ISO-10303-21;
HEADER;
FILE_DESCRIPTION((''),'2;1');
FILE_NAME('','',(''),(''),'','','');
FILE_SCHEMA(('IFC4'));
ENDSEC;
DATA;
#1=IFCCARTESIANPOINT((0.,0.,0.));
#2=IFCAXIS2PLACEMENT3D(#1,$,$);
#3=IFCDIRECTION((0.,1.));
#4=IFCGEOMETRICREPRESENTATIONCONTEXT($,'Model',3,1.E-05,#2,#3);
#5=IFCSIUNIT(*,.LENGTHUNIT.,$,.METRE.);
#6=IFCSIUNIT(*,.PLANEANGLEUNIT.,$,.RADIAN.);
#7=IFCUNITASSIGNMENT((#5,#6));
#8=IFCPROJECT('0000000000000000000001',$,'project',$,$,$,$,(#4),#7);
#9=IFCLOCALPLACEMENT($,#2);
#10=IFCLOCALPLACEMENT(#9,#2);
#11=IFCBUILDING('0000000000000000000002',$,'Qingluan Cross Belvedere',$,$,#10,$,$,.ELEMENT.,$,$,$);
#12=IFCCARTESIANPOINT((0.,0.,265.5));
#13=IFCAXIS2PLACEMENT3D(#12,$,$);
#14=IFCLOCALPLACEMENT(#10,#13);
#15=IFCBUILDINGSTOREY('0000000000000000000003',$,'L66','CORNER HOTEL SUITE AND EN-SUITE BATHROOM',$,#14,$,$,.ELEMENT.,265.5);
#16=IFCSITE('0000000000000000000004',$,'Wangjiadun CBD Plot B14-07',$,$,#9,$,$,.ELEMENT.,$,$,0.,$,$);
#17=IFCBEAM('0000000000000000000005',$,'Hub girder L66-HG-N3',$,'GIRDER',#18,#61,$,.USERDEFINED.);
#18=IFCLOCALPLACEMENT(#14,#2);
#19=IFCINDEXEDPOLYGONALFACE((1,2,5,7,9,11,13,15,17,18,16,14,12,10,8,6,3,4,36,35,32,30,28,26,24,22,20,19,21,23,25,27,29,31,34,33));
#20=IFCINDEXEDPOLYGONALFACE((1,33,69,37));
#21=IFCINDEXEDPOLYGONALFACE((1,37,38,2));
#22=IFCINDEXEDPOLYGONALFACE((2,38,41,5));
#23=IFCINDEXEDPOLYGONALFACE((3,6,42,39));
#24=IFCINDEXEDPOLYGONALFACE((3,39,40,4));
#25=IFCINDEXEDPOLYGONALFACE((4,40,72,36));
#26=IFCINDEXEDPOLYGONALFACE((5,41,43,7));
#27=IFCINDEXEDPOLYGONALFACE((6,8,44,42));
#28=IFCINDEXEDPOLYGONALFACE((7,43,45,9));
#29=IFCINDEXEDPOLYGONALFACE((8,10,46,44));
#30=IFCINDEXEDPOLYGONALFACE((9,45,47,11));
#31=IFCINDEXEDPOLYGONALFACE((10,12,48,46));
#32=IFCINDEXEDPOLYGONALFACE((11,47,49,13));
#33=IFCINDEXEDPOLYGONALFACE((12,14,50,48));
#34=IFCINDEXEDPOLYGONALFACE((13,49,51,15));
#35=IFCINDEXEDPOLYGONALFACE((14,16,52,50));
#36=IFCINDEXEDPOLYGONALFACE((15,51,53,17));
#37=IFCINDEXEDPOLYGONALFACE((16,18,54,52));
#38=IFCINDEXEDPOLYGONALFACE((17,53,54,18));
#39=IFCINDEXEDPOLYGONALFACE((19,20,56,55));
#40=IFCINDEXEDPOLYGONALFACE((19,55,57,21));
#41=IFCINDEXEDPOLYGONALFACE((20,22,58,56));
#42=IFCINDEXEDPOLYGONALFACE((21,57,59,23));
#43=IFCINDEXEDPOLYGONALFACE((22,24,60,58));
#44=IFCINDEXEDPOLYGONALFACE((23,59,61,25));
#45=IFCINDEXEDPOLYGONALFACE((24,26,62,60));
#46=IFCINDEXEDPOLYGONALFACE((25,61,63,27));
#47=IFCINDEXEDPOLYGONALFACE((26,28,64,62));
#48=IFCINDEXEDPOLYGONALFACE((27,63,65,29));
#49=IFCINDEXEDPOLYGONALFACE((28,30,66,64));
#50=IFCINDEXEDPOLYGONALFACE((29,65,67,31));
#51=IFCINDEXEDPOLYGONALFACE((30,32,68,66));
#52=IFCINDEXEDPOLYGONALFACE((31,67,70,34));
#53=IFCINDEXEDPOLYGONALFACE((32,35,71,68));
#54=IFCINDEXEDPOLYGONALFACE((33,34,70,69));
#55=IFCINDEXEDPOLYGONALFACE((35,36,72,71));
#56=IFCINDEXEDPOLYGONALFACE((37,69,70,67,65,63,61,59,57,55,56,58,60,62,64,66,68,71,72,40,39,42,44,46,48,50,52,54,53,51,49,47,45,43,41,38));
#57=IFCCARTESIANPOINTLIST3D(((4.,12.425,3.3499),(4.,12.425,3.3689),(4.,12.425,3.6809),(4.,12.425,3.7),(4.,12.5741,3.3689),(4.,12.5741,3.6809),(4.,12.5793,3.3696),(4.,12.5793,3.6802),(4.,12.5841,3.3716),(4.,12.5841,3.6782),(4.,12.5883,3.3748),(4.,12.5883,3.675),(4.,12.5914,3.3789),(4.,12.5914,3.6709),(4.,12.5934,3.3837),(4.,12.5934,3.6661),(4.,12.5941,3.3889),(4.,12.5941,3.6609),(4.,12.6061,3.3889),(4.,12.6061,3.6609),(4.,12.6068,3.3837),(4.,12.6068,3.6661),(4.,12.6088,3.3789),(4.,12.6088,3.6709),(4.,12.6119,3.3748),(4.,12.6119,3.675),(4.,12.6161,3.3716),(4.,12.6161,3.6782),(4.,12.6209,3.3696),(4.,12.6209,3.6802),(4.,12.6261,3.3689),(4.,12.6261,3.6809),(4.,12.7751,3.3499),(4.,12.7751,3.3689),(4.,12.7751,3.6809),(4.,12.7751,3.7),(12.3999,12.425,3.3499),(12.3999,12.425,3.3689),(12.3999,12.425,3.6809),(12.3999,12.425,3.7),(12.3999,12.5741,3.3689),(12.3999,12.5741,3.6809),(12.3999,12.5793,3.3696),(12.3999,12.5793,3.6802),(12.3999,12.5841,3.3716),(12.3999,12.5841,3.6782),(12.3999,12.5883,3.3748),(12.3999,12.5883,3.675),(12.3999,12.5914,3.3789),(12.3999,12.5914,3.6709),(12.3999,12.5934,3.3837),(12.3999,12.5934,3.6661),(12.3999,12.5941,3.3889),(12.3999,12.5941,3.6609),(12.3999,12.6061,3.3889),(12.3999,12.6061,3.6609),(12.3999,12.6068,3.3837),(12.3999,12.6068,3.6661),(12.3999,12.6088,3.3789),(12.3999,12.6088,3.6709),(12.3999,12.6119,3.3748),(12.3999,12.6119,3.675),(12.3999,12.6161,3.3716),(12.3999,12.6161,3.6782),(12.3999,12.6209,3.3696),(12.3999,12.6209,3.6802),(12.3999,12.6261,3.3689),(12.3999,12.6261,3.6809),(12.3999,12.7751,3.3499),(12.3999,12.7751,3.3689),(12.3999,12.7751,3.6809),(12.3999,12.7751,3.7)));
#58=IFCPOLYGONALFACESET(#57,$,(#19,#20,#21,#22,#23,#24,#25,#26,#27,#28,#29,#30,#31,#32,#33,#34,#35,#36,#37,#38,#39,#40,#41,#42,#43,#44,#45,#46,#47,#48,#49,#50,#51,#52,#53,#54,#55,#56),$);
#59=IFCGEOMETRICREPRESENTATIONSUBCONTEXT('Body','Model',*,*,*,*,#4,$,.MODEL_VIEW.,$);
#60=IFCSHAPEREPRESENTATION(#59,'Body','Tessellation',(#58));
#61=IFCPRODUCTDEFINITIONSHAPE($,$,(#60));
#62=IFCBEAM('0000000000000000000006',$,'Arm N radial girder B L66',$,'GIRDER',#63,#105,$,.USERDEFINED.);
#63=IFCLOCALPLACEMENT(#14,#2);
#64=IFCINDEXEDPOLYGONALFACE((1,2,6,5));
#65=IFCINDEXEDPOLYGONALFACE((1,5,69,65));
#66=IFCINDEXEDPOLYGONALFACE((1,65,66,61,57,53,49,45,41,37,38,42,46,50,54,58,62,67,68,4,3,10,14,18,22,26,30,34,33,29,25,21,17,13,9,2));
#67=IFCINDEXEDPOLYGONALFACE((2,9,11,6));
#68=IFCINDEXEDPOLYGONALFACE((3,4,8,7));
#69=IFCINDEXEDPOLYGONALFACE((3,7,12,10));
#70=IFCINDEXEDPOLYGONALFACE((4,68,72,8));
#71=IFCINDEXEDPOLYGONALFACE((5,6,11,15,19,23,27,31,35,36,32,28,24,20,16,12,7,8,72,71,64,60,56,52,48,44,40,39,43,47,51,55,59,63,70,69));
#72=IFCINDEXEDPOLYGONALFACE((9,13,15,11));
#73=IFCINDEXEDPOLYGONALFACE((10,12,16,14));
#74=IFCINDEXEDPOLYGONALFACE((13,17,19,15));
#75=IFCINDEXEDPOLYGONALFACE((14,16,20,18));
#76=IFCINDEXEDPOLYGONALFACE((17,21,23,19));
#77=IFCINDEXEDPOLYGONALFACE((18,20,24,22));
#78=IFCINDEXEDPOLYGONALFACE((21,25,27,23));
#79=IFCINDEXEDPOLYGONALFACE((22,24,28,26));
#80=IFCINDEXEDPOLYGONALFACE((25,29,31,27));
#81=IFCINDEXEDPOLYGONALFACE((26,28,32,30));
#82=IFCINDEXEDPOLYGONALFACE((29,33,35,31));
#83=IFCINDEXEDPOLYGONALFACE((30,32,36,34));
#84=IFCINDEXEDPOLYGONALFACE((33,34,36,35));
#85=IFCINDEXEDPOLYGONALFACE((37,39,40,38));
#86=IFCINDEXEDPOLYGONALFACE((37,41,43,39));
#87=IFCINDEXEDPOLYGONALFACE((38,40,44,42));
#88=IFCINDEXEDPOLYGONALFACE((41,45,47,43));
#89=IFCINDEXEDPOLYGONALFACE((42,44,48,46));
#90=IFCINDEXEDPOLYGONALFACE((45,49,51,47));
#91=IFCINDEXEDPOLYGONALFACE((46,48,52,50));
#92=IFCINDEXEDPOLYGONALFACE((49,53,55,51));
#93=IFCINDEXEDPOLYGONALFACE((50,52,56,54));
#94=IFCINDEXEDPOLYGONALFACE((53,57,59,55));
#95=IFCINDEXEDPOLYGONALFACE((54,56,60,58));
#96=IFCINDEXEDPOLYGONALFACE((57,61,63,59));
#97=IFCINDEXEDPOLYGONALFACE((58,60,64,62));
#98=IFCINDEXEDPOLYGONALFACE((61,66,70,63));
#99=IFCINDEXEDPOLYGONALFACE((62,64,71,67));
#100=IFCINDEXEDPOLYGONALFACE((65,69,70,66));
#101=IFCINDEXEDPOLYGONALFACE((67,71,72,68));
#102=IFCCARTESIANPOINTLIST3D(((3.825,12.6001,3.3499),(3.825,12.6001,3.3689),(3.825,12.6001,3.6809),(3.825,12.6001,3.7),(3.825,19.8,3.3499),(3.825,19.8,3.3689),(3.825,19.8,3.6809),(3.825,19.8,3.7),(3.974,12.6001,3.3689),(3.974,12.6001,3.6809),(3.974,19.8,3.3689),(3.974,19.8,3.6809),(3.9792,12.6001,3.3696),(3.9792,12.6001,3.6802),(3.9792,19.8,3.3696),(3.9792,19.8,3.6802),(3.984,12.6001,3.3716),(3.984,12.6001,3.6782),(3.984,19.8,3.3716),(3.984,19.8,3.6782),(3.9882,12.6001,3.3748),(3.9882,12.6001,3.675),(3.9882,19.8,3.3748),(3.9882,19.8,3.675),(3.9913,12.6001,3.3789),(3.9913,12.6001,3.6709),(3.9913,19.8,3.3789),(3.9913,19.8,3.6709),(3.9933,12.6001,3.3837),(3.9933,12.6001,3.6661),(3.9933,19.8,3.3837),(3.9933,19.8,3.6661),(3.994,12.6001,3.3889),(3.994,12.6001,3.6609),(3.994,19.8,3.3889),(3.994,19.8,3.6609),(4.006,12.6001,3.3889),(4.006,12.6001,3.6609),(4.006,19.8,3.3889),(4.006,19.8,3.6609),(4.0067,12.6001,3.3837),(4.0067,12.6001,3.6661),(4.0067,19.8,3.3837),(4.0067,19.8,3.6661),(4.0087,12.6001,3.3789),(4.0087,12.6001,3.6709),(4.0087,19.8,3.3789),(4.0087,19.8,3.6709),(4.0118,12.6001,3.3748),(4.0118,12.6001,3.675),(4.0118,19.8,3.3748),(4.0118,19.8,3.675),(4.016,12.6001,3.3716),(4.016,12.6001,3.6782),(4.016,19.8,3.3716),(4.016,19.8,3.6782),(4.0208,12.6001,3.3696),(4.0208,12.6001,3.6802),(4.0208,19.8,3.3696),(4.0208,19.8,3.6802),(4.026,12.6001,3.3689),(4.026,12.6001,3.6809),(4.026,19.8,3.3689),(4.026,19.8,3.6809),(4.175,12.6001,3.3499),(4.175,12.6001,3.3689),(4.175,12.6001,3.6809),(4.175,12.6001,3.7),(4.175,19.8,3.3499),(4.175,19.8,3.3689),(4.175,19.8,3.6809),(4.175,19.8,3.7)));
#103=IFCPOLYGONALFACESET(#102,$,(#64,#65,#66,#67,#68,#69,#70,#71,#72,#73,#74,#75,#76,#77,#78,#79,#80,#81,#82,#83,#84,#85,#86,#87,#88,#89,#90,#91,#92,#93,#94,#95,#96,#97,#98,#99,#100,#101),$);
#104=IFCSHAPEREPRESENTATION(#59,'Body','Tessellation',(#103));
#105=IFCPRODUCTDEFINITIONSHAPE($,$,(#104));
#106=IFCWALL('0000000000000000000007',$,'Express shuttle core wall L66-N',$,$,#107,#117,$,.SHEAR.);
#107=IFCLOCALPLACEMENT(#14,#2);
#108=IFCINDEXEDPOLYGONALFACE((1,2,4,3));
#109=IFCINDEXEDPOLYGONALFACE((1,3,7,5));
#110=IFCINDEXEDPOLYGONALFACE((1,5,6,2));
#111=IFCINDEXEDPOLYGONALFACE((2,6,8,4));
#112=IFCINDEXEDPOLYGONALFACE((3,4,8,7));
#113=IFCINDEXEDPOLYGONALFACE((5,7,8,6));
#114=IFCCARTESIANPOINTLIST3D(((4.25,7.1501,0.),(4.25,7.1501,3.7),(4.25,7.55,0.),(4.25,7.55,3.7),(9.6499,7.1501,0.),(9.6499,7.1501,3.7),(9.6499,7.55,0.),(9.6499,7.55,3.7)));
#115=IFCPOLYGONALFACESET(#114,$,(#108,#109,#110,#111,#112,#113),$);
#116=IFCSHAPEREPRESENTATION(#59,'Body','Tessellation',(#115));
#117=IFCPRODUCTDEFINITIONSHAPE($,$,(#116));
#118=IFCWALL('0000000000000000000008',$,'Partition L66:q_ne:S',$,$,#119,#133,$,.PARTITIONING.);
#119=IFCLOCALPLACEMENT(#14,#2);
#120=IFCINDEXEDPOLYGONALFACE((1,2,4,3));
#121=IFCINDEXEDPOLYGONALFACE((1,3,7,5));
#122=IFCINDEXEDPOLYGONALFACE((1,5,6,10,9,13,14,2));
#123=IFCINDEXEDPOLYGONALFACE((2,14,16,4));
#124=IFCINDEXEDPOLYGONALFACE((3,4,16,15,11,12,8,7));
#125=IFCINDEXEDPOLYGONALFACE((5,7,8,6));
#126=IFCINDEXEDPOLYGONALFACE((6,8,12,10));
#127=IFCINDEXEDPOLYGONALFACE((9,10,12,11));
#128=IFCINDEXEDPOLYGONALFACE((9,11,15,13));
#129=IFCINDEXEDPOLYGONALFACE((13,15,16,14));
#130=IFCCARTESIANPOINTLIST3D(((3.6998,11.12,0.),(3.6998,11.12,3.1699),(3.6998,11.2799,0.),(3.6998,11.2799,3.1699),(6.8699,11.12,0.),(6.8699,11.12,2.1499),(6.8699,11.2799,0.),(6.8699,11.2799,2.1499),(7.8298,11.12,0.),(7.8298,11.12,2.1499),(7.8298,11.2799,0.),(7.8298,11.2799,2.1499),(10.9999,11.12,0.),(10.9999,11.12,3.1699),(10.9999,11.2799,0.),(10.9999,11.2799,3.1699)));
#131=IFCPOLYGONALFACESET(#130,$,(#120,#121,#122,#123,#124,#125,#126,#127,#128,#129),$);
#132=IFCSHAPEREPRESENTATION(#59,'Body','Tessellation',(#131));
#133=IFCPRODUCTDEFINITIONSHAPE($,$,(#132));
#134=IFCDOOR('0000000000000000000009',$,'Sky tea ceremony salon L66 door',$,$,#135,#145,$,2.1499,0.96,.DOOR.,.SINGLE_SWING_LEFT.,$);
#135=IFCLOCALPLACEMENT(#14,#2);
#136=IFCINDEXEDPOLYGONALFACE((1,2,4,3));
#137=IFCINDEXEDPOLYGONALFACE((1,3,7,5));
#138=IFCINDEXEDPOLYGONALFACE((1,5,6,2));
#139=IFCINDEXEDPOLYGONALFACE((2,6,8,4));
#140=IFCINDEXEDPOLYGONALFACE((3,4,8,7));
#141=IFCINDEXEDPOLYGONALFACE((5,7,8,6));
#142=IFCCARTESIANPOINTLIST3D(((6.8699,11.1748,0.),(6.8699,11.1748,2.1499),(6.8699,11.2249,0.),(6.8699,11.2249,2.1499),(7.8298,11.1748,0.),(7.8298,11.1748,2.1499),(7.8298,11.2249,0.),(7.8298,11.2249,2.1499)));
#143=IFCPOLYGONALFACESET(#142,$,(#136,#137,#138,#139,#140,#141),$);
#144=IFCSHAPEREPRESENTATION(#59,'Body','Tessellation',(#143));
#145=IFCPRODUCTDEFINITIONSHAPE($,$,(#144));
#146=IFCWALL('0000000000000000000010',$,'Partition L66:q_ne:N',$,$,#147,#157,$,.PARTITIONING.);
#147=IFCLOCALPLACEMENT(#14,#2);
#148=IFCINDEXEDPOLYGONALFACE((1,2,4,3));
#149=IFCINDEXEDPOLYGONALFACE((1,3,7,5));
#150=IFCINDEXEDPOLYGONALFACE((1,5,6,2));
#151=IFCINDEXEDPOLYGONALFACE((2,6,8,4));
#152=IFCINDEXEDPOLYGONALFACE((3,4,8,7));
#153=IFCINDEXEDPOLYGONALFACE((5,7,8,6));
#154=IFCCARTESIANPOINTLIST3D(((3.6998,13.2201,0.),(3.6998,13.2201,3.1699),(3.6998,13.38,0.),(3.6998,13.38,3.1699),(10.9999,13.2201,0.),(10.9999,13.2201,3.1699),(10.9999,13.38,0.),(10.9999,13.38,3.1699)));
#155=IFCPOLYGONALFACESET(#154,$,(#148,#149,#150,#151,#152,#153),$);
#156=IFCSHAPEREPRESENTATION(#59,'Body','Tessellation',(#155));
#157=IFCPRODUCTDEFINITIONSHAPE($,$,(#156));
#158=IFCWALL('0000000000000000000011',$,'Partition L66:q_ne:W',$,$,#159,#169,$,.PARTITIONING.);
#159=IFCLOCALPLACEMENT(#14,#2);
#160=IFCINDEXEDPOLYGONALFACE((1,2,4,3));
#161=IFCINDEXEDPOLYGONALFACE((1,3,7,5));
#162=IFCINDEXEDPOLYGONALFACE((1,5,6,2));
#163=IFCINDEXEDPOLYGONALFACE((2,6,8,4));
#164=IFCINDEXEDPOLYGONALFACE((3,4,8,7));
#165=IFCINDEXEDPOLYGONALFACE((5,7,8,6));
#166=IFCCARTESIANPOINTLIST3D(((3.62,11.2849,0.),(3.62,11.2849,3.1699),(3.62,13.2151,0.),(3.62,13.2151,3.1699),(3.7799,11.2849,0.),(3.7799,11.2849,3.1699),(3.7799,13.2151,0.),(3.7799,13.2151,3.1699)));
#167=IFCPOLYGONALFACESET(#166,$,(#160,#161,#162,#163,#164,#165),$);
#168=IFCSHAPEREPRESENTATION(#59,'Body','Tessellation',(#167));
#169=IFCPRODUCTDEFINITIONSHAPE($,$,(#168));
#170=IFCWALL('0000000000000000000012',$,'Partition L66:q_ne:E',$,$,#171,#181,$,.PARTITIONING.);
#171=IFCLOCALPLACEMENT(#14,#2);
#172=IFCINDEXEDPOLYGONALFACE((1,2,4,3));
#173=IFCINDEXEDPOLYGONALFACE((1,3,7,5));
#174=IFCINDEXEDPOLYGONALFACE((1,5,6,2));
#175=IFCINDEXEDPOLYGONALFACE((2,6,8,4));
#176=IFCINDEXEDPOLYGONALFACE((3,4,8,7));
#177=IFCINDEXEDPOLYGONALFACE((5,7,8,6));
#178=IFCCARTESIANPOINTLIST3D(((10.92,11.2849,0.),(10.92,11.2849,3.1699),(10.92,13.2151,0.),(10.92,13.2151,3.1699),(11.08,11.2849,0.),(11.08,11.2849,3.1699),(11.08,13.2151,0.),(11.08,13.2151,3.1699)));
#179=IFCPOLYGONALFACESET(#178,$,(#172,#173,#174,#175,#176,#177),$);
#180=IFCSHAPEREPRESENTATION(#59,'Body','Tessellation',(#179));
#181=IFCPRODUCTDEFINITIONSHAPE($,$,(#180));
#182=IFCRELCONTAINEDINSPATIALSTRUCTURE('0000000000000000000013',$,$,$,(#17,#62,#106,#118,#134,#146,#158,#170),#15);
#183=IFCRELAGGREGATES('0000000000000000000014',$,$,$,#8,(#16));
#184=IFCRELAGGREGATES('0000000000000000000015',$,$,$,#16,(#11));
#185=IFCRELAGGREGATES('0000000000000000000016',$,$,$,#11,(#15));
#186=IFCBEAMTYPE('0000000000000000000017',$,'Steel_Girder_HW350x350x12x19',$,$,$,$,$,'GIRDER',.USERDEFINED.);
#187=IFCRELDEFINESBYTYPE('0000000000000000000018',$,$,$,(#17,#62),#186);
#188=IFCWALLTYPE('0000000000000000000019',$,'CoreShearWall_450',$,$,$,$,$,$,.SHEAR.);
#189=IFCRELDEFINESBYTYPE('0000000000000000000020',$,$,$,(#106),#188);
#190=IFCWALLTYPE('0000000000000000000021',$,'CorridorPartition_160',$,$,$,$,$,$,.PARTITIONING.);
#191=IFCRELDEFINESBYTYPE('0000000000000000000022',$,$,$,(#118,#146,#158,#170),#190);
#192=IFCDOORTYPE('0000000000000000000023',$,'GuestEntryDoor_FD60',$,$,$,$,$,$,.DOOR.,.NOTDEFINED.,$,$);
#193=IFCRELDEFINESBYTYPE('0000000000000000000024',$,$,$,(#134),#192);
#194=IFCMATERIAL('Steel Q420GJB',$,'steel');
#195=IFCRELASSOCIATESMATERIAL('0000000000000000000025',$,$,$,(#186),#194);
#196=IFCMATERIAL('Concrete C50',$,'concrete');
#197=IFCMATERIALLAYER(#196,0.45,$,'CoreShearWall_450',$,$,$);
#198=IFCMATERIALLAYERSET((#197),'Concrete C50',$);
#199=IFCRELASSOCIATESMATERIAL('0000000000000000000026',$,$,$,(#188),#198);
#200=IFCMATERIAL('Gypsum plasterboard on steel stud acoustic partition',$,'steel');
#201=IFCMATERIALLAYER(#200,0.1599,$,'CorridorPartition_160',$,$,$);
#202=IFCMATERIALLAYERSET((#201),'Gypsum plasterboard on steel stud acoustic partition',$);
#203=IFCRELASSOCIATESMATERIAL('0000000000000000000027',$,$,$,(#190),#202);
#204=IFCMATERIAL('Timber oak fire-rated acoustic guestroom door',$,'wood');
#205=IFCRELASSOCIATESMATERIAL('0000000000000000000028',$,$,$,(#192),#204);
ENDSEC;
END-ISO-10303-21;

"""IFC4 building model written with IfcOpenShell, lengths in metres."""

from ifc_helpers import new_model, si_unit, direction, frame, frame_2d, origin, origin_2d, place, context, subcontext, project, spatial, rectangle, i_section, extrude, material, layer, layer_set, material_profile, profile_set, type_object, element, fill, save


model = new_model("IFC4")

# Units and contexts
model_context = context("Model", 3, precision=1e-05, world=origin(), true_north=direction((0.0, 1.0)))
body_context = subcontext(model_context, "Body", "Model", "MODEL_VIEW")
ifc_project = project(units=[si_unit("LENGTHUNIT", "METRE"), si_unit("PLANEANGLEUNIT", "RADIAN")], contexts=[model_context])

# Site, building, storey
site_placement = place(None, origin())
site = spatial("IfcSite", under=ifc_project, at=site_placement, Name="Wangjiadun CBD Plot B14-07", CompositionType="ELEMENT", RefElevation=0.0)
building_placement = place(site_placement, origin())
building = spatial("IfcBuilding", under=site, at=building_placement, Name="Qingluan Cross Belvedere", CompositionType="ELEMENT")
storey_placement = place(building_placement, frame((0.0, 0.0, 265.5)))
storey = spatial("IfcBuildingStorey", under=building, at=storey_placement, Name="L66", Description="CORNER HOTEL SUITE AND EN-SUITE BATHROOM", CompositionType="ELEMENT", Elevation=265.5)

# Beams
ifc_material_1 = material(Name="Steel Q420GJB", Category="steel")
ifc_material_profile_1 = material_profile(ifc_material_1, i_section(OverallWidth=0.3501, OverallDepth=0.3501, WebThickness=0.012, FlangeThickness=0.019, FilletRadius=0.02, at=origin_2d()), Name="HW350x350x12x19")
ifc_profile_set_1 = profile_set([ifc_material_profile_1], Name="Steel Q420GJB")
beam_type_1 = type_object("IfcBeamType", Name="Steel_Girder_HW350x350x12x19", ElementType="GIRDER", PredefinedType="USERDEFINED", material=ifc_profile_set_1)
beam_1_placement = place(storey_placement, frame((4.0, 12.6001, 3.5249), z_axis=(1.0, 0.0, 0.0), x_axis=(0.0, 1.0, 0.0)))
element("IfcBeam", 1, at=beam_1_placement, inside=storey, type_object=beam_type_1, Name="Hub girder L66-HG-N3", ObjectType="GIRDER", PredefinedType="USERDEFINED", context=body_context, shape_type="SweptSolid", body=[
    extrude(i_section(OverallWidth=0.3501, OverallDepth=0.3501, WebThickness=0.012, FlangeThickness=0.019, FilletRadius=0.02, at=origin_2d()), origin(), (0.0, 0.0, 1.0), 8.3999),
])
beam_2_placement = place(storey_placement, frame((4.0, 12.6001, 3.5249), z_axis=(0.0, 1.0, 0.0), x_axis=(-1.0, 0.0, 0.0)))
element("IfcBeam", 2, at=beam_2_placement, inside=storey, type_object=beam_type_1, Name="Arm N radial girder B L66", ObjectType="GIRDER", PredefinedType="USERDEFINED", context=body_context, shape_type="SweptSolid", body=[
    extrude(i_section(OverallWidth=0.3501, OverallDepth=0.3501, WebThickness=0.012, FlangeThickness=0.019, FilletRadius=0.02, at=origin_2d()), origin(), (0.0, 0.0, 1.0), 7.2),
])

# Wall
ifc_material_2 = material(Name="Concrete C50", Category="concrete")
ifc_layer_1 = layer(ifc_material_2, 0.45, Name="CoreShearWall_450")
ifc_layer_set_1 = layer_set([ifc_layer_1], Name="Concrete C50")
wall_type_1 = type_object("IfcWallType", Name="CoreShearWall_450", PredefinedType="SHEAR", material=ifc_layer_set_1)
wall_1_placement = place(storey_placement, frame((4.25, 7.3501, 0.0), z_axis=(0.0, 0.0, 1.0), x_axis=(1.0, 0.0, 0.0)))
element("IfcWall", 3, at=wall_1_placement, inside=storey, type_object=wall_type_1, Name="Express shuttle core wall L66-N", PredefinedType="SHEAR", context=body_context, shape_type="SweptSolid", body=[
    extrude(rectangle(XDim=5.3999, YDim=0.3999, at=frame_2d((2.7, 0.0))), origin(), (0.0, 0.0, 1.0), 3.7),
])

# Wall, opening, door
ifc_material_3 = material(Name="Gypsum plasterboard on steel stud acoustic partition", Category="steel")
ifc_layer_2 = layer(ifc_material_3, 0.1599, Name="CorridorPartition_160")
ifc_layer_set_2 = layer_set([ifc_layer_2], Name="Gypsum plasterboard on steel stud acoustic partition")
wall_type_2 = type_object("IfcWallType", Name="CorridorPartition_160", PredefinedType="PARTITIONING", material=ifc_layer_set_2)
wall_2_placement = place(storey_placement, frame((3.7, 11.2, 0.0), z_axis=(0.0, 0.0, 1.0), x_axis=(1.0, 0.0, 0.0)))
wall_2 = element("IfcWall", 4, at=wall_2_placement, inside=storey, type_object=wall_type_2, Name="Partition L66:q_ne:S", PredefinedType="PARTITIONING", context=body_context, shape_type="SweptSolid", body=[
    extrude(rectangle(XDim=7.3, YDim=0.1599, at=frame_2d((3.6499, 0.0))), origin(), (0.0, 0.0, 1.0), 3.1699),
])
opening_1_placement = place(wall_2_placement, frame((3.1699, 0.0, 0.0)))
opening_1 = element("IfcOpeningElement", 5, at=opening_1_placement, cuts=wall_2, PredefinedType="OPENING", context=body_context, shape_type="SweptSolid", body=[
    extrude(rectangle(XDim=0.96, YDim=2.1499, at=frame_2d((0.48, 1.075))), frame((0.0, 0.0898, 0.0), z_axis=(0.0, -1.0, 0.0), x_axis=(1.0, 0.0, 0.0)), (0.0, 0.0, 1.0), 0.1799),
])
ifc_material_4 = material(Name="Timber oak fire-rated acoustic guestroom door", Category="wood")
door_type = type_object("IfcDoorType", Name="GuestEntryDoor_FD60", OperationType="NOTDEFINED", PredefinedType="DOOR", material=ifc_material_4)
door_1_placement = place(opening_1_placement, origin())
door_1 = element("IfcDoor", 6, at=door_1_placement, inside=storey, type_object=door_type, Name="Sky tea ceremony salon L66 door", OperationType="SINGLE_SWING_LEFT", OverallHeight=2.1499, OverallWidth=0.96, PredefinedType="DOOR", context=body_context, shape_type="SweptSolid", body=[
    extrude(rectangle(XDim=0.96, YDim=2.1499, at=frame_2d((0.48, 1.075))), frame((0.0, 0.0249, 0.0), z_axis=(0.0, -1.0, 0.0), x_axis=(1.0, 0.0, 0.0)), (0.0, 0.0, 1.0), 0.05),
])
fill(opening_1, door_1)

# Walls
wall_3_placement = place(storey_placement, frame((3.7, 13.3, 0.0), z_axis=(0.0, 0.0, 1.0), x_axis=(1.0, 0.0, 0.0)))
element("IfcWall", 7, at=wall_3_placement, inside=storey, type_object=wall_type_2, Name="Partition L66:q_ne:N", PredefinedType="PARTITIONING", context=body_context, shape_type="SweptSolid", body=[
    extrude(rectangle(XDim=7.3, YDim=0.1599, at=frame_2d((3.6499, 0.0))), origin(), (0.0, 0.0, 1.0), 3.1699),
])
for number, where, z_axis, x_axis, name in (
    (8, (3.7, 11.2849, 0.0), (0.0, 0.0, 1.0), (0.0, 1.0, 0.0), "Partition L66:q_ne:W"),
    (9, (11.0, 11.2849, 0.0), (0.0, 0.0, 1.0), (0.0, 1.0, 0.0), "Partition L66:q_ne:E"),
):
    element("IfcWall", number, at=place(storey_placement, frame(where, z_axis=z_axis, x_axis=x_axis)), inside=storey, type_object=wall_type_2, Name=name, PredefinedType="PARTITIONING", context=body_context, shape_type="SweptSolid", body=[
        extrude(rectangle(XDim=1.9302, YDim=0.1599, at=frame_2d((0.9651, 0.0))), origin(), (0.0, 0.0, 1.0), 3.1699),
    ])

save(model, "model.ifc")
